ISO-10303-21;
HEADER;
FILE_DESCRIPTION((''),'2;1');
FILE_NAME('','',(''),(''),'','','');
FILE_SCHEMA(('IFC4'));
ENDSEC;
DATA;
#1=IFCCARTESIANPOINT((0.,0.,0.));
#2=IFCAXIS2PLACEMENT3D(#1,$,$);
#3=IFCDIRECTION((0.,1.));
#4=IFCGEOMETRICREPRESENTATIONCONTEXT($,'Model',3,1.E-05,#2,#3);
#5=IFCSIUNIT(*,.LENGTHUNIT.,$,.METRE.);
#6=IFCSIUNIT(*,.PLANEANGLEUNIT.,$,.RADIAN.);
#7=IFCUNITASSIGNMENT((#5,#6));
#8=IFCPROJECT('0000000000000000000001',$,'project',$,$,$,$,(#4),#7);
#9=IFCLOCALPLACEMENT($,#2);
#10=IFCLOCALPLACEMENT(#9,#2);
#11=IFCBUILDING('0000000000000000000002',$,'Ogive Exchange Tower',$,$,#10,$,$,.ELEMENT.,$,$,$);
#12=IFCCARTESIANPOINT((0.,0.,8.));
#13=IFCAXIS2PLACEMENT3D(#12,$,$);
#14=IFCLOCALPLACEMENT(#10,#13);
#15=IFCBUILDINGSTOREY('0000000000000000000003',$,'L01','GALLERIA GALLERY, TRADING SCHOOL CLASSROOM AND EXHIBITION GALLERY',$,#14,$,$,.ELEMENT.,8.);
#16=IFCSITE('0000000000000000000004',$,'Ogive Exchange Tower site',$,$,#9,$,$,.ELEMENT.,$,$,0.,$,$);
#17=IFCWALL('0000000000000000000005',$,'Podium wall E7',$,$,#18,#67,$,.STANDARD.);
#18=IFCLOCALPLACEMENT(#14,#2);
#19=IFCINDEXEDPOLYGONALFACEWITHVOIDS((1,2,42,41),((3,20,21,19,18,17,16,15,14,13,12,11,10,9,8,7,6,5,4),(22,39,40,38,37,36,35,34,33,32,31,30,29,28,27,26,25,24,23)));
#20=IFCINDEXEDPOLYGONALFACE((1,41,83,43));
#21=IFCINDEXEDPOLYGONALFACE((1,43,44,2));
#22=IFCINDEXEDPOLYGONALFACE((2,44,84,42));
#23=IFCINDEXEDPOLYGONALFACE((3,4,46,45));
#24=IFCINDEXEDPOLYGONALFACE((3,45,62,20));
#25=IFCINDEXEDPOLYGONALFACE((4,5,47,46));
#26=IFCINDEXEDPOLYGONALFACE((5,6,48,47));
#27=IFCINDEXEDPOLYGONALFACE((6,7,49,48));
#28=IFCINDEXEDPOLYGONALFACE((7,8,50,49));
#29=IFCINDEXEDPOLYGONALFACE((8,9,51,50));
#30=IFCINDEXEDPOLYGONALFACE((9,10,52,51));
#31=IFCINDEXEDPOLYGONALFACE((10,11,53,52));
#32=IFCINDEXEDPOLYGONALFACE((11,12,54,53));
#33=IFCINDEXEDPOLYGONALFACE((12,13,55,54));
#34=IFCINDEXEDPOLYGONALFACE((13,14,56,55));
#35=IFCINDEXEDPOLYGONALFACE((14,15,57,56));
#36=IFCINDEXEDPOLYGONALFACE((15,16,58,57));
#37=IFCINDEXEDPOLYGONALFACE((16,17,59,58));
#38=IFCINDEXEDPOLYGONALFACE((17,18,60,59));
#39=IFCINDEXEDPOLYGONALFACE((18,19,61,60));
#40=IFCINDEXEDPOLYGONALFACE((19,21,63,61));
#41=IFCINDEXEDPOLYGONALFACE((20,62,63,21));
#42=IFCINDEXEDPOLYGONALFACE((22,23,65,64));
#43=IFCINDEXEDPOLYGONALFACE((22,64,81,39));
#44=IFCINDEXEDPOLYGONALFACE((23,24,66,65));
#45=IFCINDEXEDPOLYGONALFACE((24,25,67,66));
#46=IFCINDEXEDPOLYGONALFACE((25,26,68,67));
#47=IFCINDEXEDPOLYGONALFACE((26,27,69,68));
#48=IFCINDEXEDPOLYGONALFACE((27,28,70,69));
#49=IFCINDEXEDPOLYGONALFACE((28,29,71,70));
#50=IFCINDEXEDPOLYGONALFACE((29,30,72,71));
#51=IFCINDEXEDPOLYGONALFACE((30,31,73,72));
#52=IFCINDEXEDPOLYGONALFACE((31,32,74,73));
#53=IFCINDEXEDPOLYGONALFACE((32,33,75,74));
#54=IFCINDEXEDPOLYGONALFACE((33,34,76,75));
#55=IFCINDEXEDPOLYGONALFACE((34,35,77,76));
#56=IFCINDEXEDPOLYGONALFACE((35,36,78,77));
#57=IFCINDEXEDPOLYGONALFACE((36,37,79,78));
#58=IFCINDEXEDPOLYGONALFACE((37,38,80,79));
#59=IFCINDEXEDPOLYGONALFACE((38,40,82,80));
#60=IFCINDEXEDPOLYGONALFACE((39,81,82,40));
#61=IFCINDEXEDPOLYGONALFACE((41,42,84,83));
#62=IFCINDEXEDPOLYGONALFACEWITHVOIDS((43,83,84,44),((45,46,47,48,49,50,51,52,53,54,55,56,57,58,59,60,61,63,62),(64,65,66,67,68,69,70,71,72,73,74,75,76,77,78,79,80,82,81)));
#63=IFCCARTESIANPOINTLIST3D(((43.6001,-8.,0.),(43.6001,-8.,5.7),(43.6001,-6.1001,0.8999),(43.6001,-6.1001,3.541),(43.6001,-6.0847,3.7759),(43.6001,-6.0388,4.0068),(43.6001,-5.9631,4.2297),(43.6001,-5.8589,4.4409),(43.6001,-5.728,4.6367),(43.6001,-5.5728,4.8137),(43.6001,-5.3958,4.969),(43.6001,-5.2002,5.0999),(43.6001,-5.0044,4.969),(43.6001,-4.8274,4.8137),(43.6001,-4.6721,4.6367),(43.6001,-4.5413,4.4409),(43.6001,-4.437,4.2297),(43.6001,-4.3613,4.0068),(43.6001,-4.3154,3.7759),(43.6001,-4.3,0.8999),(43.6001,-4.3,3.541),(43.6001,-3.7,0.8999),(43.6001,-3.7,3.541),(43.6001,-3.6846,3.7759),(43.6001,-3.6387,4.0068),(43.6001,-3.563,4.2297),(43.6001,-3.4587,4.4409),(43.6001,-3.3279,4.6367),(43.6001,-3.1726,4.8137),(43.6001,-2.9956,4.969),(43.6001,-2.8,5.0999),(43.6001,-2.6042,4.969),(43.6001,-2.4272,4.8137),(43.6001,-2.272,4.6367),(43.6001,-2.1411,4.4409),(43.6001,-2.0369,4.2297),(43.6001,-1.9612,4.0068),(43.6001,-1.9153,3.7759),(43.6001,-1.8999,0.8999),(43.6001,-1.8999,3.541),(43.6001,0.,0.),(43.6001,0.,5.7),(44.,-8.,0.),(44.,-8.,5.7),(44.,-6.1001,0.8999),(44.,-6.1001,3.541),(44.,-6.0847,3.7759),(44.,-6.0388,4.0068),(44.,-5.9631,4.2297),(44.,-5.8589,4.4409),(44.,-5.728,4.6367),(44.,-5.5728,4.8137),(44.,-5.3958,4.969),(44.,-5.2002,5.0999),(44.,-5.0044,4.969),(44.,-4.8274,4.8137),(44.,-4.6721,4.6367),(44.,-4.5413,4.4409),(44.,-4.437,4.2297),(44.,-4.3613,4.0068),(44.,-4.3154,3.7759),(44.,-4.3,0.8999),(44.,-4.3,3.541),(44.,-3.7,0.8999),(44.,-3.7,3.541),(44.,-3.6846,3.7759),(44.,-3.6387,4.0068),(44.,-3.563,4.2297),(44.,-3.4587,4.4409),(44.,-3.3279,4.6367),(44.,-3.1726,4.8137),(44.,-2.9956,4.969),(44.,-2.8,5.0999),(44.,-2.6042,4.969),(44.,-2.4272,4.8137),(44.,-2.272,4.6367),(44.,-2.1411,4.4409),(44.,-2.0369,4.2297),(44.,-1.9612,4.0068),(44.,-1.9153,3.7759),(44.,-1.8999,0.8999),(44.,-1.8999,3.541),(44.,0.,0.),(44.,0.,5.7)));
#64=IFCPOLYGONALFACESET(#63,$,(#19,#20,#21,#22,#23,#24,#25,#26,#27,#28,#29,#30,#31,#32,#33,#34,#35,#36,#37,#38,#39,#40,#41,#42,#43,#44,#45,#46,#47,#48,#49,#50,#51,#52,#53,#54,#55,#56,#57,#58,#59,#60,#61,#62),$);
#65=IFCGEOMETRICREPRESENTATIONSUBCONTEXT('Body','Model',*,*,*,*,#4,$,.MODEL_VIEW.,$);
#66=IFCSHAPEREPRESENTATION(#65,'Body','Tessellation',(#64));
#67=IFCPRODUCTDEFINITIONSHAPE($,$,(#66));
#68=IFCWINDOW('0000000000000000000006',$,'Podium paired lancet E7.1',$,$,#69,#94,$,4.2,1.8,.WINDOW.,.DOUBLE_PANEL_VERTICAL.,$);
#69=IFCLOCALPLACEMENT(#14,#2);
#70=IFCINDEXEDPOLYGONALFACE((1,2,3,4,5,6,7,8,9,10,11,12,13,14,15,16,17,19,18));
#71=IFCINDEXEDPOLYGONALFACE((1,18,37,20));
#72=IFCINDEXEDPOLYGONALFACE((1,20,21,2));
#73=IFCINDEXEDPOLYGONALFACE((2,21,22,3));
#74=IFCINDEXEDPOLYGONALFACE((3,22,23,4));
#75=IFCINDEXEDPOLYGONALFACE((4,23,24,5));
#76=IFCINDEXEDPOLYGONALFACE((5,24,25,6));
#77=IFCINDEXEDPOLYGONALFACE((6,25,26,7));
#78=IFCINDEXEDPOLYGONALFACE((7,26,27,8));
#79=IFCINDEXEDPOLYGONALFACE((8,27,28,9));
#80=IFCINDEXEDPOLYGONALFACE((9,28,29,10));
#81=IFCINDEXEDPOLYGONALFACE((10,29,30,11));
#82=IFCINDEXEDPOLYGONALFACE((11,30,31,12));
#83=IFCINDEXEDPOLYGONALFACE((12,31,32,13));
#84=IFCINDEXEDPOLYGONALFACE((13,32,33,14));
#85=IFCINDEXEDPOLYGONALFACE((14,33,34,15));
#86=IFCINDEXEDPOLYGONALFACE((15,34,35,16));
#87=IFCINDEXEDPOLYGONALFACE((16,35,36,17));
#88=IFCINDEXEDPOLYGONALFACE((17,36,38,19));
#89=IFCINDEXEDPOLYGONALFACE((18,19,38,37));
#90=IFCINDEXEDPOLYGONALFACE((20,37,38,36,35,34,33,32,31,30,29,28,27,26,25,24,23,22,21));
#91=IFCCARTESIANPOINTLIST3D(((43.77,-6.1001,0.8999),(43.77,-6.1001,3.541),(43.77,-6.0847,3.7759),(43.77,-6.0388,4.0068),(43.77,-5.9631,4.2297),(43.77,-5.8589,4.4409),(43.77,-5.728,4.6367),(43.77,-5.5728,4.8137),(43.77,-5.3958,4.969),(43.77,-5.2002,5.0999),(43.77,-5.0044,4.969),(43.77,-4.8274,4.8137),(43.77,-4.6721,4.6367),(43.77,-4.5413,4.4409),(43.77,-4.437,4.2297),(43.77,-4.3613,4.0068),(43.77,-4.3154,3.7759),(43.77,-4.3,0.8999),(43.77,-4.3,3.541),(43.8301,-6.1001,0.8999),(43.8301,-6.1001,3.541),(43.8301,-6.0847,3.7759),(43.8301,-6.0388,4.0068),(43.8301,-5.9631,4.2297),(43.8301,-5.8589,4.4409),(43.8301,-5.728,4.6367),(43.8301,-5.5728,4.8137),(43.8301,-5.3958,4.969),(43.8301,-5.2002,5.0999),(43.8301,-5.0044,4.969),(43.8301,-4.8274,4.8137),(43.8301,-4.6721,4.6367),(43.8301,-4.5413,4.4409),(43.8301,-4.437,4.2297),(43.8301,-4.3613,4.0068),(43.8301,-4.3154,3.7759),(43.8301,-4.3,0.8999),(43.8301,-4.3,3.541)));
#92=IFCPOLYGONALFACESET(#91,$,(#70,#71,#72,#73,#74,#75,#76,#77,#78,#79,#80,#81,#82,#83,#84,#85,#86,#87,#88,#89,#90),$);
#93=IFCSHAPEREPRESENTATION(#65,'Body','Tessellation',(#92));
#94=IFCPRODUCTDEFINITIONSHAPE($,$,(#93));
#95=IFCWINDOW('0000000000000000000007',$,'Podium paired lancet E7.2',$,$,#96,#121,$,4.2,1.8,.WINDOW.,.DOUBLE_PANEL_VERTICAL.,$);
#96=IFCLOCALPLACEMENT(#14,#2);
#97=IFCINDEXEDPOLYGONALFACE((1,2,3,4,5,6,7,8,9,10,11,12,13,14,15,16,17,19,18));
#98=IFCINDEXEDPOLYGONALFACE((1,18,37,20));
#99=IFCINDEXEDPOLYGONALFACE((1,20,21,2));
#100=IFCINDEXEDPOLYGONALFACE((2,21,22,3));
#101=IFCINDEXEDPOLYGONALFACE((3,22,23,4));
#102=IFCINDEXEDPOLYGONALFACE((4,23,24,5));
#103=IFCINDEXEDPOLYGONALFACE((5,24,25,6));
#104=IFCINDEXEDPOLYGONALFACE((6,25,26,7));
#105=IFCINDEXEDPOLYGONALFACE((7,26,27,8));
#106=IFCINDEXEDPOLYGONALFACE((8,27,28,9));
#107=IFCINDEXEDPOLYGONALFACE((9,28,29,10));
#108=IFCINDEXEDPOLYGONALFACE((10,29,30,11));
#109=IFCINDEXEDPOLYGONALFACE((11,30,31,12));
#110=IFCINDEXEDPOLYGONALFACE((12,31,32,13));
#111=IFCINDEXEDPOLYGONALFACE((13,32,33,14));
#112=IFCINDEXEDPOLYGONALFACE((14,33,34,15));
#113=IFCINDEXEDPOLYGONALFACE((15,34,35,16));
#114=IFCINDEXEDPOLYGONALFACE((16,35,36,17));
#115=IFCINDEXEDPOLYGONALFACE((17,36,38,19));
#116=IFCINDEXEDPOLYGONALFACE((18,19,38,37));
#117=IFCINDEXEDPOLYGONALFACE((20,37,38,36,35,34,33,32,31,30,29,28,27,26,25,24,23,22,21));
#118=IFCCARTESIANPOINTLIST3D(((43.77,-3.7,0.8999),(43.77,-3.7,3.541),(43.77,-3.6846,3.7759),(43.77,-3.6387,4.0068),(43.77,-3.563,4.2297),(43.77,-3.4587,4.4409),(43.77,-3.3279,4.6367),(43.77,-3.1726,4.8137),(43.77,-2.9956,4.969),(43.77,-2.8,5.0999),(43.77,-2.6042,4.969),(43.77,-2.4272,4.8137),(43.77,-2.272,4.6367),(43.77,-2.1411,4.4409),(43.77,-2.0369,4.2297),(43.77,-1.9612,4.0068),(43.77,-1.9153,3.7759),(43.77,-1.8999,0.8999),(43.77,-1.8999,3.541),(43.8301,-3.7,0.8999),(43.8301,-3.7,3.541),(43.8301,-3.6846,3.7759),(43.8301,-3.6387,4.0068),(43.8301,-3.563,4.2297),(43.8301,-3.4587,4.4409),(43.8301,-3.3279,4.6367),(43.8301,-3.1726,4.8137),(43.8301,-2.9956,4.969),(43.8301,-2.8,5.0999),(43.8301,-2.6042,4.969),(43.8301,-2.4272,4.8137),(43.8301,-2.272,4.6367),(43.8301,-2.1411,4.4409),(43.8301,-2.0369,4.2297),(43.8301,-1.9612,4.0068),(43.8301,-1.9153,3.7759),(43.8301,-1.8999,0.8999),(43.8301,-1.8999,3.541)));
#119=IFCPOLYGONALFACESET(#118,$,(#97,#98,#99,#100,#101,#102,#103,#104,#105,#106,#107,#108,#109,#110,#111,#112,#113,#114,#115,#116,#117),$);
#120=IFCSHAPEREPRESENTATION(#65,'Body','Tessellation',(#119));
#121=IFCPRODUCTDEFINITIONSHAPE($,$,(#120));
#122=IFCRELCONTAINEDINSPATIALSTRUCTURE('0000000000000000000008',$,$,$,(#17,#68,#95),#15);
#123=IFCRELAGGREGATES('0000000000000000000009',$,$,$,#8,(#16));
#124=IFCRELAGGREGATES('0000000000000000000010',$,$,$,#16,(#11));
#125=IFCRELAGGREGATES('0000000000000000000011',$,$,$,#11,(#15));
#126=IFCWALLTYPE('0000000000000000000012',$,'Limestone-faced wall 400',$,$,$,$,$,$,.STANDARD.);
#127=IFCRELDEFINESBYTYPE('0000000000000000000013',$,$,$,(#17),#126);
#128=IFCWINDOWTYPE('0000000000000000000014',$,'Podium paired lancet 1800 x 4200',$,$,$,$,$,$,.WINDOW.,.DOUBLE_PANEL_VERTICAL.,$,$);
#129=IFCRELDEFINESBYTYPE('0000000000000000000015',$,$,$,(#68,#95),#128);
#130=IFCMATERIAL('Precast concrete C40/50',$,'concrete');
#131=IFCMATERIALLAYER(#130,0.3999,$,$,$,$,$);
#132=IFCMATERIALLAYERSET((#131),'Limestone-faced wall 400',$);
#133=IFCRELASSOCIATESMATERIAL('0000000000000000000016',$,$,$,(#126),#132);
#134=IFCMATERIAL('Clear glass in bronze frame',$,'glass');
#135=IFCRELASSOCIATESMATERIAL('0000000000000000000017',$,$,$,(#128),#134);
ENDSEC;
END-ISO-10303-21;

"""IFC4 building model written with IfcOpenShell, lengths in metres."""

from ifc_helpers import new_model, si_unit, direction, frame, frame_2d, origin, place, context, subcontext, project, spatial, polyline, rectangle, outline, extrude, material, layer, layer_set, type_object, element, fill, save


model = new_model("IFC4")

# Units and contexts
model_context = context("Model", 3, precision=1e-05, world=origin(), true_north=direction((0.0, 1.0)))
body_context = subcontext(model_context, "Body", "Model", "MODEL_VIEW")
ifc_project = project(units=[si_unit("LENGTHUNIT", "METRE"), si_unit("PLANEANGLEUNIT", "RADIAN")], contexts=[model_context])

# Site, building, storey
site_placement = place(None, origin())
site = spatial("IfcSite", under=ifc_project, at=site_placement, Name="Ogive Exchange Tower site", CompositionType="ELEMENT", RefElevation=0.0)
building_placement = place(site_placement, origin())
building = spatial("IfcBuilding", under=site, at=building_placement, Name="Ogive Exchange Tower", CompositionType="ELEMENT")
storey_placement = place(building_placement, frame((0.0, 0.0, 8.0)))
storey = spatial("IfcBuildingStorey", under=building, at=storey_placement, Name="L01", Description="GALLERIA GALLERY, TRADING SCHOOL CLASSROOM AND EXHIBITION GALLERY", CompositionType="ELEMENT", Elevation=8.0)

# Shared definitions
ifc_material_1 = material(Name="Precast concrete C40/50", Category="concrete")
ifc_layer = layer(ifc_material_1, 0.3999)
ifc_layer_set = layer_set([ifc_layer], Name="Limestone-faced wall 400")
wall_type = type_object("IfcWallType", Name="Limestone-faced wall 400", PredefinedType="STANDARD", material=ifc_layer_set)
ifc_material_2 = material(Name="Clear glass in bronze frame", Category="glass")

# Wall, openings, windows
window_type_1 = type_object("IfcWindowType", Name="Podium paired lancet 1800 x 4200", PartitioningType="DOUBLE_PANEL_VERTICAL", PredefinedType="WINDOW", material=ifc_material_2)
wall_1_placement = place(storey_placement, frame((43.8, -8.0, 0.0), z_axis=(0.0, 0.0, 1.0), x_axis=(0.0, 1.0, 0.0)))
wall_1 = element("IfcWall", 1, at=wall_1_placement, inside=storey, type_object=wall_type, Name="Podium wall E7", PredefinedType="STANDARD", context=body_context, shape_type="SweptSolid", body=[
    extrude(rectangle(XDim=8.0, YDim=0.3999, at=frame_2d((4.0, 0.0))), origin(), (0.0, 0.0, 1.0), 5.7),
])
opening_1_placement = place(wall_1_placement, frame((1.8999, 0.0, 0.8999)))
opening_1 = element("IfcOpeningElement", 2, at=opening_1_placement, cuts=wall_1, PredefinedType="OPENING", context=body_context, shape_type="SweptSolid", body=[
    extrude(outline(polyline([(0.0, 0.0), (1.8, 0.0), (1.8, 2.6411), (1.7847, 2.876), (1.7388, 3.1069), (1.6631, 3.3298), (1.5588, 3.541), (1.428, 3.7368), (1.2727, 3.9138), (1.0957, 4.0691), (0.8999, 4.2), (0.7043, 4.0691), (0.5273, 3.9138), (0.3721, 3.7368), (0.2412, 3.541), (0.137, 3.3298), (0.0613, 3.1069), (0.0154, 2.876), (0.0, 2.6411), (0.0, 0.0)])), frame((0.0, 0.21, 0.0), z_axis=(0.0, -1.0, 0.0), x_axis=(1.0, 0.0, 0.0)), (0.0, 0.0, 1.0), 0.4199),
])
opening_2_placement = place(wall_1_placement, frame((4.3, 0.0, 0.8999)))
opening_2 = element("IfcOpeningElement", 3, at=opening_2_placement, cuts=wall_1, PredefinedType="OPENING", context=body_context, shape_type="SweptSolid", body=[
    extrude(outline(polyline([(0.0, 0.0), (1.8, 0.0), (1.8, 2.6411), (1.7847, 2.876), (1.7388, 3.1069), (1.6631, 3.3298), (1.5588, 3.541), (1.428, 3.7368), (1.2727, 3.9138), (1.0957, 4.0691), (0.8999, 4.2), (0.7043, 4.0691), (0.5273, 3.9138), (0.3721, 3.7368), (0.2412, 3.541), (0.137, 3.3298), (0.0613, 3.1069), (0.0154, 2.876), (0.0, 2.6411), (0.0, 0.0)])), frame((0.0, 0.21, 0.0), z_axis=(0.0, -1.0, 0.0), x_axis=(1.0, 0.0, 0.0)), (0.0, 0.0, 1.0), 0.4199),
])
window_1_placement = place(opening_1_placement, origin())
window_1 = element("IfcWindow", 4, at=window_1_placement, inside=storey, type_object=window_type_1, Name="Podium paired lancet E7.1", OverallHeight=4.2, OverallWidth=1.8, PartitioningType="DOUBLE_PANEL_VERTICAL", PredefinedType="WINDOW", context=body_context, shape_type="SweptSolid", body=[
    extrude(outline(polyline([(0.0, 0.0), (1.8, 0.0), (1.8, 2.6411), (1.7847, 2.876), (1.7388, 3.1069), (1.6631, 3.3298), (1.5588, 3.541), (1.428, 3.7368), (1.2727, 3.9138), (1.0957, 4.0691), (0.8999, 4.2), (0.7043, 4.0691), (0.5273, 3.9138), (0.3721, 3.7368), (0.2412, 3.541), (0.137, 3.3298), (0.0613, 3.1069), (0.0154, 2.876), (0.0, 2.6411), (0.0, 0.0)])), frame((0.0, 0.03, 0.0), z_axis=(0.0, -1.0, 0.0), x_axis=(1.0, 0.0, 0.0)), (0.0, 0.0, 1.0), 0.0601),
])
fill(opening_1, window_1)
window_2_placement = place(opening_2_placement, origin())
window_2 = element("IfcWindow", 5, at=window_2_placement, inside=storey, type_object=window_type_1, Name="Podium paired lancet E7.2", OverallHeight=4.2, OverallWidth=1.8, PartitioningType="DOUBLE_PANEL_VERTICAL", PredefinedType="WINDOW", context=body_context, shape_type="SweptSolid", body=[
    extrude(outline(polyline([(0.0, 0.0), (1.8, 0.0), (1.8, 2.6411), (1.7847, 2.876), (1.7388, 3.1069), (1.6631, 3.3298), (1.5588, 3.541), (1.428, 3.7368), (1.2727, 3.9138), (1.0957, 4.0691), (0.8999, 4.2), (0.7043, 4.0691), (0.5273, 3.9138), (0.3721, 3.7368), (0.2412, 3.541), (0.137, 3.3298), (0.0613, 3.1069), (0.0154, 2.876), (0.0, 2.6411), (0.0, 0.0)])), frame((0.0, 0.03, 0.0), z_axis=(0.0, -1.0, 0.0), x_axis=(1.0, 0.0, 0.0)), (0.0, 0.0, 1.0), 0.0601),
])
fill(opening_2, window_2)

save(model, "model.ifc")
